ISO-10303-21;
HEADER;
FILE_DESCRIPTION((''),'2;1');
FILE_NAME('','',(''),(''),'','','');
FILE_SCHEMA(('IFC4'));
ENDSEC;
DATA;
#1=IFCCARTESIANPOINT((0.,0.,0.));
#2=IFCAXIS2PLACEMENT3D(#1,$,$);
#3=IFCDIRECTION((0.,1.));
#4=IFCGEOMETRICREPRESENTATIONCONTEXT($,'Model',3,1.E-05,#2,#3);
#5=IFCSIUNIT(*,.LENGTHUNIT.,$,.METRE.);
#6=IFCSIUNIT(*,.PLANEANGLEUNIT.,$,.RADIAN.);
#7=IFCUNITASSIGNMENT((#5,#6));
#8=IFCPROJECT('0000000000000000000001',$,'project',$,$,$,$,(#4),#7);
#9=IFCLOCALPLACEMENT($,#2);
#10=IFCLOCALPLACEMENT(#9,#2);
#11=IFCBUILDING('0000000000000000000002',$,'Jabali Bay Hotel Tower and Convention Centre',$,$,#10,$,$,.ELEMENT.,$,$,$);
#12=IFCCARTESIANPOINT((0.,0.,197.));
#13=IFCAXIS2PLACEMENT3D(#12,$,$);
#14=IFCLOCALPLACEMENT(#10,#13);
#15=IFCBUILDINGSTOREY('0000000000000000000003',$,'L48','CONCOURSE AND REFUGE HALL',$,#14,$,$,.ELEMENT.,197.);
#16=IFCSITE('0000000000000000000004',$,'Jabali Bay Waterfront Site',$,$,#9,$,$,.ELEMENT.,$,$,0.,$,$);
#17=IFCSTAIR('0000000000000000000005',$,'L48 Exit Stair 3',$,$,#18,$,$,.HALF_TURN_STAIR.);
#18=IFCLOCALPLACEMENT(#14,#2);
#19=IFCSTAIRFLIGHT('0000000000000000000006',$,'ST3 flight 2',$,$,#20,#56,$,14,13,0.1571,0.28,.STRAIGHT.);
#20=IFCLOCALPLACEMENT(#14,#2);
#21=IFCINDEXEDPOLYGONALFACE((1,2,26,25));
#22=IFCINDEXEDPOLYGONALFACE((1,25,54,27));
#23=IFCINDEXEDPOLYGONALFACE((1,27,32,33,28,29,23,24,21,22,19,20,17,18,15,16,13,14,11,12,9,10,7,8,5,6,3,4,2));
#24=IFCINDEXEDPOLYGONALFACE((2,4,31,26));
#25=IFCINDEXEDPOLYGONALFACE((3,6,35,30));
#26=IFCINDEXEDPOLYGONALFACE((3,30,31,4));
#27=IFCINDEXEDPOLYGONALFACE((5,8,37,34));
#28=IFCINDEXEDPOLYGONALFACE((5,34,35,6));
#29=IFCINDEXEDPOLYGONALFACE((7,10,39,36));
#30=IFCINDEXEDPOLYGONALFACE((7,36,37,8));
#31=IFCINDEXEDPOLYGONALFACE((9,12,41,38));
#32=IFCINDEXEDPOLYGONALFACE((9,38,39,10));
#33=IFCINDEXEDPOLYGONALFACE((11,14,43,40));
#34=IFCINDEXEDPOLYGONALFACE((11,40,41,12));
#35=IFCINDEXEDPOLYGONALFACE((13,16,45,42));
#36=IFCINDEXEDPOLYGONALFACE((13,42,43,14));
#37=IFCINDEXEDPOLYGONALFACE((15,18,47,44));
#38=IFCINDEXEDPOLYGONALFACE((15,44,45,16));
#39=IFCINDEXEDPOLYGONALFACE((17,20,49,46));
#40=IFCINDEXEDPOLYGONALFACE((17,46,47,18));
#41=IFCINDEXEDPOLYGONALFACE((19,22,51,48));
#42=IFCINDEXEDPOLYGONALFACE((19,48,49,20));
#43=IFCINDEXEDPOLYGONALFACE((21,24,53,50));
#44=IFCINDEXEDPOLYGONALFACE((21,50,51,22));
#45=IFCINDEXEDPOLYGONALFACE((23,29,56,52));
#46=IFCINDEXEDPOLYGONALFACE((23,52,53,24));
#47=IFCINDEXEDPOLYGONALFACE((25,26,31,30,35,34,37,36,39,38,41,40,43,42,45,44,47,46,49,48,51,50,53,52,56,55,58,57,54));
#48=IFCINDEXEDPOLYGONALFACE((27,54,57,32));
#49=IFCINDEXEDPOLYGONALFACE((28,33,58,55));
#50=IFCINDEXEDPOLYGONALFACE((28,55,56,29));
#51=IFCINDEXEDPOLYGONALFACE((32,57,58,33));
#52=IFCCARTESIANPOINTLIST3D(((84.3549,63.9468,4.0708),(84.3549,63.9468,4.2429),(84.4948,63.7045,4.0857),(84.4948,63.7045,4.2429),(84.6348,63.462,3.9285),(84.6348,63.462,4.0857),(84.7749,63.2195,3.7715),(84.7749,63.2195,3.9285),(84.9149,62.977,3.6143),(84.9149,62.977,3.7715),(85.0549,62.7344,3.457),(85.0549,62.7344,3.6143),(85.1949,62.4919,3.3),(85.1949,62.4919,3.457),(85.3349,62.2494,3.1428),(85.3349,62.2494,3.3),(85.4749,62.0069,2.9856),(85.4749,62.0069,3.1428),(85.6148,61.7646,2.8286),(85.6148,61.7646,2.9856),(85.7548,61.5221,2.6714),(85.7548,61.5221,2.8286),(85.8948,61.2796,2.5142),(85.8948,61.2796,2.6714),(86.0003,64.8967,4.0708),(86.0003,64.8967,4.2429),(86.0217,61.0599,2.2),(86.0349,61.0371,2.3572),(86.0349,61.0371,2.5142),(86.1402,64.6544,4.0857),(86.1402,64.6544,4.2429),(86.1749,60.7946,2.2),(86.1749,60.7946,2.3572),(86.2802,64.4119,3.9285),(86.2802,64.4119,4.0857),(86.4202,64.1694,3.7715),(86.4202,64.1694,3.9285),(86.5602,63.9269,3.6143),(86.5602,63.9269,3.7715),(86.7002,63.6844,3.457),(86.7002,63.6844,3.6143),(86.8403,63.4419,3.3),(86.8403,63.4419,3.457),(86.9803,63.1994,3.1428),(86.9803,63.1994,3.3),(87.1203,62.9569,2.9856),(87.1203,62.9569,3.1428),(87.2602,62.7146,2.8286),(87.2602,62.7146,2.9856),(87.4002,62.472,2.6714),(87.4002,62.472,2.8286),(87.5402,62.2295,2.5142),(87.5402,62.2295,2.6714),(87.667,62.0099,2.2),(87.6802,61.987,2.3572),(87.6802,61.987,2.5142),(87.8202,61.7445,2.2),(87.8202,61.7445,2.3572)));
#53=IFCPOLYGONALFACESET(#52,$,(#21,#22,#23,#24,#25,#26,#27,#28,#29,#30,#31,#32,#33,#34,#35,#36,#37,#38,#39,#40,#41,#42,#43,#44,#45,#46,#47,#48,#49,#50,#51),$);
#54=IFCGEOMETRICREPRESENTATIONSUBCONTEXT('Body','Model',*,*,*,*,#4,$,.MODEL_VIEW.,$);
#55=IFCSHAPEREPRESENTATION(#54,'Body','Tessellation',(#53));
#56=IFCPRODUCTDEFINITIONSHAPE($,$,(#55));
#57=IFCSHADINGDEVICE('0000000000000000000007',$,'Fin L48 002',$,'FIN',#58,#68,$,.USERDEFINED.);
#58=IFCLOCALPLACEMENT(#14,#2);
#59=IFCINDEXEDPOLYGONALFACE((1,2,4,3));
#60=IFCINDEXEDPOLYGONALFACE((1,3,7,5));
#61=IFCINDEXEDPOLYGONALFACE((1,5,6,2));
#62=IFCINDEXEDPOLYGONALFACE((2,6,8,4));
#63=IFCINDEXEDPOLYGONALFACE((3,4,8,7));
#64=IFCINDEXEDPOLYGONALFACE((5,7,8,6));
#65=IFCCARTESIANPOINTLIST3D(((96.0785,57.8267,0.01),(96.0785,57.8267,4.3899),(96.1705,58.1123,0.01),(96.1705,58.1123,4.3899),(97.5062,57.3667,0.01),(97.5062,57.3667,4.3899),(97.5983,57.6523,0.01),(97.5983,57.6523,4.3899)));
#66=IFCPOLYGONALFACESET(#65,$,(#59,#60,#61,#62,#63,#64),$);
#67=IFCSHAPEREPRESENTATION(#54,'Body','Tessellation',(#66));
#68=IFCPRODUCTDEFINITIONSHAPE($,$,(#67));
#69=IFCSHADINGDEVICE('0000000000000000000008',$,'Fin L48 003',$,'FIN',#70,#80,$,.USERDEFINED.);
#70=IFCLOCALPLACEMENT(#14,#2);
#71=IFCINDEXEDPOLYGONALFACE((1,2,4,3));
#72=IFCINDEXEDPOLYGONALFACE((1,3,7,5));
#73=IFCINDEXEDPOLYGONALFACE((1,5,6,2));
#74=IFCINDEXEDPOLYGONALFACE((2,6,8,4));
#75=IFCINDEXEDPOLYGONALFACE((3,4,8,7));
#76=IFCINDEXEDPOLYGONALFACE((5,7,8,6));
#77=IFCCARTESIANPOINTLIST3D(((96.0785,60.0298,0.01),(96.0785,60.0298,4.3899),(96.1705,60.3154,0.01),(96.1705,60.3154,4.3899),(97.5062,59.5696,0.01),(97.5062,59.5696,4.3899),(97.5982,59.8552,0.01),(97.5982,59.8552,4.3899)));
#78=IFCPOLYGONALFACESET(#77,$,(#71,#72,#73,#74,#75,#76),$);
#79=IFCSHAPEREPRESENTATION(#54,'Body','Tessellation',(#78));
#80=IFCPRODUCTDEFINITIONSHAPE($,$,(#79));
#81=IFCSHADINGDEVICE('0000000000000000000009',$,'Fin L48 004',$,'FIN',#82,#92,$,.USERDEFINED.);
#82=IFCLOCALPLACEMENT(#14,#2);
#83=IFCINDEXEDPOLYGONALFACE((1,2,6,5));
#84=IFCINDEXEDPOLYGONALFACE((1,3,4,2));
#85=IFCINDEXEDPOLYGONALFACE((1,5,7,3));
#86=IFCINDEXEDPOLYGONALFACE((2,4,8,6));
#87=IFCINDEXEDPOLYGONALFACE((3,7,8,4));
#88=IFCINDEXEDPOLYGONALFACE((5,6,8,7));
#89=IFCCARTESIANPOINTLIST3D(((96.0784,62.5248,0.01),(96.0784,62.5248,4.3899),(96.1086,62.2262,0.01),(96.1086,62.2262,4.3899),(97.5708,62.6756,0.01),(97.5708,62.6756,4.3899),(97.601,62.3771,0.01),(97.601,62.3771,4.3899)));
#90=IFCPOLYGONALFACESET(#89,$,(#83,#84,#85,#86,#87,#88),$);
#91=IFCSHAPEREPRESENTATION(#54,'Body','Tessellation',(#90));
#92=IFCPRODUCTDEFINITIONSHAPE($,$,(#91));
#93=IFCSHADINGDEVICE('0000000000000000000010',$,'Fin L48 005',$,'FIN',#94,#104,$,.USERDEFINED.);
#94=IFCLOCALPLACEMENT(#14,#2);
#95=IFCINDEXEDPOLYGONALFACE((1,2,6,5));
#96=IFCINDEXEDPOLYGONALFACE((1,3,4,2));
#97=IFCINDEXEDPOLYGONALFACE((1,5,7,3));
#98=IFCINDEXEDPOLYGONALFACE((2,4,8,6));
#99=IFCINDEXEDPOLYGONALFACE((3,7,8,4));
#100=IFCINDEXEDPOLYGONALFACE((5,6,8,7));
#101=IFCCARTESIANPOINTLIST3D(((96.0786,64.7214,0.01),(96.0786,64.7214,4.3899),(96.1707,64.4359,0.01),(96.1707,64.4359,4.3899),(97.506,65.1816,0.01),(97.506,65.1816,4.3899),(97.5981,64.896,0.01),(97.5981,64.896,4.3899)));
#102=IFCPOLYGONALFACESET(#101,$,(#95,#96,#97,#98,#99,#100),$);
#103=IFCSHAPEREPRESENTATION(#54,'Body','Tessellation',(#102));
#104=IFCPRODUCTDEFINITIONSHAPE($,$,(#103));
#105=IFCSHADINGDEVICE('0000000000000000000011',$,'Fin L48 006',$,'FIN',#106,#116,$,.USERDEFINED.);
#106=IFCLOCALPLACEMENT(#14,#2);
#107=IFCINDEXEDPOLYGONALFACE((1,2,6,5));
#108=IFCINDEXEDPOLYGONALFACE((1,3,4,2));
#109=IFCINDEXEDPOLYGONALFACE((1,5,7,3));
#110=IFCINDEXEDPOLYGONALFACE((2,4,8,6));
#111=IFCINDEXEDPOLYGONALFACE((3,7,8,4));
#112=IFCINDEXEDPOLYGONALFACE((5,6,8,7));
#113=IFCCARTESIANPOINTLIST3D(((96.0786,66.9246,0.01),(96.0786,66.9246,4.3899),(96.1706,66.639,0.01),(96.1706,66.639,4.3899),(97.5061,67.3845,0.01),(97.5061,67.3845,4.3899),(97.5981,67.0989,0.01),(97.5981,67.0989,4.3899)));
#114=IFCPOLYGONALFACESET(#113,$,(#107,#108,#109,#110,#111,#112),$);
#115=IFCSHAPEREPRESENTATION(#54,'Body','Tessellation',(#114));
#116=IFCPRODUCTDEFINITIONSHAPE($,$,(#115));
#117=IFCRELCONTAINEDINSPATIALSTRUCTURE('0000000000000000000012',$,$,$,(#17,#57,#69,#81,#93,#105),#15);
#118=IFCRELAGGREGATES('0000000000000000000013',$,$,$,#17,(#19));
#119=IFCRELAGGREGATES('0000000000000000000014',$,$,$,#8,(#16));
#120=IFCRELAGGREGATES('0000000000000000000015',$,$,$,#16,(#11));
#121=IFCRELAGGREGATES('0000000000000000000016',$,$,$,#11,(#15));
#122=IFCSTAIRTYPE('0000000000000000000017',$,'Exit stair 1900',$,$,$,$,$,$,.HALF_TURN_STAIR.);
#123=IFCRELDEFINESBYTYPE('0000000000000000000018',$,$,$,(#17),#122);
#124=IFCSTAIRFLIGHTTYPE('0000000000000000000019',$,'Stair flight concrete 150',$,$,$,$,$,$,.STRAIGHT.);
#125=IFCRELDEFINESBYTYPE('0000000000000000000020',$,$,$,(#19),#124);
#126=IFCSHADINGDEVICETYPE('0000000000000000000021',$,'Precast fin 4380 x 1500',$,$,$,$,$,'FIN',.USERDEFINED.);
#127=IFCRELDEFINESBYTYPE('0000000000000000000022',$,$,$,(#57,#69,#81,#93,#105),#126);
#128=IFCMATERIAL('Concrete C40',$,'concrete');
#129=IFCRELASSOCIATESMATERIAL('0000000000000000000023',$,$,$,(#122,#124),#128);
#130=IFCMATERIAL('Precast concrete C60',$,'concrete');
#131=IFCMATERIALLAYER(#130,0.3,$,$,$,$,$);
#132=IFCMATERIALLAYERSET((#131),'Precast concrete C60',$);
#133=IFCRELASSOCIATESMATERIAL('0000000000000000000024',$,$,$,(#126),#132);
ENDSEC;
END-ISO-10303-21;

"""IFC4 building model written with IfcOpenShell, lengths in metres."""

from ifc_helpers import new_model, si_unit, direction, frame, frame_2d, origin, place, context, subcontext, project, spatial, polyline, rectangle, outline, extrude, material, layer, layer_set, type_object, element, aggregate, save


model = new_model("IFC4")

# Units and contexts
model_context = context("Model", 3, precision=1e-05, world=origin(), true_north=direction((0.0, 1.0)))
body_context = subcontext(model_context, "Body", "Model", "MODEL_VIEW")
ifc_project = project(units=[si_unit("LENGTHUNIT", "METRE"), si_unit("PLANEANGLEUNIT", "RADIAN")], contexts=[model_context])

# Site, building, storey
site_placement = place(None, origin())
site = spatial("IfcSite", under=ifc_project, at=site_placement, Name="Jabali Bay Waterfront Site", CompositionType="ELEMENT", RefElevation=0.0)
building_placement = place(site_placement, origin())
building = spatial("IfcBuilding", under=site, at=building_placement, Name="Jabali Bay Hotel Tower and Convention Centre", CompositionType="ELEMENT")
storey_placement = place(building_placement, frame((0.0, 0.0, 197.0)))
storey = spatial("IfcBuildingStorey", under=building, at=storey_placement, Name="L48", Description="CONCOURSE AND REFUGE HALL", CompositionType="ELEMENT", Elevation=197.0)

# Shared definitions
ifc_material_1 = material(Name="Concrete C40", Category="concrete")

# Stair, stair flight
stair_type = type_object("IfcStairType", Name="Exit stair 1900", PredefinedType="HALF_TURN_STAIR", material=ifc_material_1)
stair_placement = place(storey_placement, origin())
stair = element("IfcStair", 1, at=stair_placement, inside=storey, type_object=stair_type, Name="L48 Exit Stair 3", PredefinedType="HALF_TURN_STAIR")
stair_flight_type = type_object("IfcStairFlightType", Name="Stair flight concrete 150", PredefinedType="STRAIGHT", material=ifc_material_1)
stair_flight_1_placement = place(storey_placement, frame((86.9976, 61.2695, 2.2), z_axis=(0.0, 0.0, 1.0), x_axis=(-0.5, 0.866025, 0.0)))
stair_flight_1 = element("IfcStairFlight", 2, at=stair_flight_1_placement, type_object=stair_flight_type, Name="ST3 flight 2", NumberOfRisers=14, NumberOfTreads=13, PredefinedType="STRAIGHT", RiserHeight=0.1571, TreadLength=0.28, context=body_context, shape_type="SweptSolid", body=[
    extrude(outline(polyline([(0.0, 0.0), (0.0, 0.1572), (0.28, 0.1572), (0.28, 0.3142), (0.5601, 0.3142), (0.5601, 0.4714), (0.8401, 0.4714), (0.8401, 0.6287), (1.1201, 0.6287), (1.1201, 0.7856), (1.3999, 0.7856), (1.3999, 0.9429), (1.6799, 0.9429), (1.6799, 1.1001), (1.96, 1.1001), (1.96, 1.2571), (2.24, 1.2571), (2.24, 1.4143), (2.52, 1.4143), (2.52, 1.5715), (2.8, 1.5715), (2.8, 1.7285), (3.0801, 1.7285), (3.0801, 1.8857), (3.3601, 1.8857), (3.3601, 2.043), (3.6399, 2.043), (3.6399, 2.2), (3.6399, 1.8708), (0.3064, 0.0), (0.0, 0.0)])), frame((0.0, 0.95, 0.0), z_axis=(0.0, -1.0, 0.0), x_axis=(1.0, 0.0, 0.0)), (0.0, 0.0, 1.0), 1.8999),
])
aggregate(stair, [stair_flight_1])

# Shading devices
ifc_material_2 = material(Name="Precast concrete C60", Category="concrete")
ifc_layer_1 = layer(ifc_material_2, 0.3)
ifc_layer_set_1 = layer_set([ifc_layer_1], Name="Precast concrete C60")
shading_device_type = type_object("IfcShadingDeviceType", Name="Precast fin 4380 x 1500", ElementType="FIN", PredefinedType="USERDEFINED", material=ifc_layer_set_1)
for number, where, z_axis, x_axis, name in (
    (3, (96.1245, 57.9695, 0.01), (0.0, 0.0, 1.0), (0.951825, -0.306641, 0.0), "Fin L48 002"),
    (4, (96.1245, 60.1726, 0.01), (0.0, 0.0, 1.0), (0.951778, -0.306789, 0.0), "Fin L48 003"),
    (5, (96.0935, 62.3755, 0.01), (0.0, 0.0, 1.0), (0.994929, 0.100583, 0.0), "Fin L48 004"),
):
    element("IfcShadingDevice", number, at=place(storey_placement, frame(where, z_axis=z_axis, x_axis=x_axis)), inside=storey, type_object=shading_device_type, Name=name, ObjectType="FIN", PredefinedType="USERDEFINED", context=body_context, shape_type="SweptSolid", body=[
        extrude(rectangle(XDim=1.5, YDim=0.3, at=frame_2d((0.75, 0.0))), origin(), (0.0, 0.0, 1.0), 4.3799),
    ])
for number, where, z_axis, x_axis, name in (
    (6, (96.1245, 64.5786, 0.01), (0.0, 0.0, 1.0), (0.951762, 0.306836, 0.0), "Fin L48 005"),
    (7, (96.1245, 66.7817, 0.01), (0.0, 0.0, 1.0), (0.95181, 0.306689, 0.0), "Fin L48 006"),
):
    element("IfcShadingDevice", number, at=place(storey_placement, frame(where, z_axis=z_axis, x_axis=x_axis)), inside=storey, type_object=shading_device_type, Name=name, ObjectType="FIN", PredefinedType="USERDEFINED", context=body_context, shape_type="SweptSolid", body=[
        extrude(rectangle(XDim=1.4998, YDim=0.3, at=frame_2d((0.75, 0.0))), origin(), (0.0, 0.0, 1.0), 4.3799),
    ])

save(model, "model.ifc")
